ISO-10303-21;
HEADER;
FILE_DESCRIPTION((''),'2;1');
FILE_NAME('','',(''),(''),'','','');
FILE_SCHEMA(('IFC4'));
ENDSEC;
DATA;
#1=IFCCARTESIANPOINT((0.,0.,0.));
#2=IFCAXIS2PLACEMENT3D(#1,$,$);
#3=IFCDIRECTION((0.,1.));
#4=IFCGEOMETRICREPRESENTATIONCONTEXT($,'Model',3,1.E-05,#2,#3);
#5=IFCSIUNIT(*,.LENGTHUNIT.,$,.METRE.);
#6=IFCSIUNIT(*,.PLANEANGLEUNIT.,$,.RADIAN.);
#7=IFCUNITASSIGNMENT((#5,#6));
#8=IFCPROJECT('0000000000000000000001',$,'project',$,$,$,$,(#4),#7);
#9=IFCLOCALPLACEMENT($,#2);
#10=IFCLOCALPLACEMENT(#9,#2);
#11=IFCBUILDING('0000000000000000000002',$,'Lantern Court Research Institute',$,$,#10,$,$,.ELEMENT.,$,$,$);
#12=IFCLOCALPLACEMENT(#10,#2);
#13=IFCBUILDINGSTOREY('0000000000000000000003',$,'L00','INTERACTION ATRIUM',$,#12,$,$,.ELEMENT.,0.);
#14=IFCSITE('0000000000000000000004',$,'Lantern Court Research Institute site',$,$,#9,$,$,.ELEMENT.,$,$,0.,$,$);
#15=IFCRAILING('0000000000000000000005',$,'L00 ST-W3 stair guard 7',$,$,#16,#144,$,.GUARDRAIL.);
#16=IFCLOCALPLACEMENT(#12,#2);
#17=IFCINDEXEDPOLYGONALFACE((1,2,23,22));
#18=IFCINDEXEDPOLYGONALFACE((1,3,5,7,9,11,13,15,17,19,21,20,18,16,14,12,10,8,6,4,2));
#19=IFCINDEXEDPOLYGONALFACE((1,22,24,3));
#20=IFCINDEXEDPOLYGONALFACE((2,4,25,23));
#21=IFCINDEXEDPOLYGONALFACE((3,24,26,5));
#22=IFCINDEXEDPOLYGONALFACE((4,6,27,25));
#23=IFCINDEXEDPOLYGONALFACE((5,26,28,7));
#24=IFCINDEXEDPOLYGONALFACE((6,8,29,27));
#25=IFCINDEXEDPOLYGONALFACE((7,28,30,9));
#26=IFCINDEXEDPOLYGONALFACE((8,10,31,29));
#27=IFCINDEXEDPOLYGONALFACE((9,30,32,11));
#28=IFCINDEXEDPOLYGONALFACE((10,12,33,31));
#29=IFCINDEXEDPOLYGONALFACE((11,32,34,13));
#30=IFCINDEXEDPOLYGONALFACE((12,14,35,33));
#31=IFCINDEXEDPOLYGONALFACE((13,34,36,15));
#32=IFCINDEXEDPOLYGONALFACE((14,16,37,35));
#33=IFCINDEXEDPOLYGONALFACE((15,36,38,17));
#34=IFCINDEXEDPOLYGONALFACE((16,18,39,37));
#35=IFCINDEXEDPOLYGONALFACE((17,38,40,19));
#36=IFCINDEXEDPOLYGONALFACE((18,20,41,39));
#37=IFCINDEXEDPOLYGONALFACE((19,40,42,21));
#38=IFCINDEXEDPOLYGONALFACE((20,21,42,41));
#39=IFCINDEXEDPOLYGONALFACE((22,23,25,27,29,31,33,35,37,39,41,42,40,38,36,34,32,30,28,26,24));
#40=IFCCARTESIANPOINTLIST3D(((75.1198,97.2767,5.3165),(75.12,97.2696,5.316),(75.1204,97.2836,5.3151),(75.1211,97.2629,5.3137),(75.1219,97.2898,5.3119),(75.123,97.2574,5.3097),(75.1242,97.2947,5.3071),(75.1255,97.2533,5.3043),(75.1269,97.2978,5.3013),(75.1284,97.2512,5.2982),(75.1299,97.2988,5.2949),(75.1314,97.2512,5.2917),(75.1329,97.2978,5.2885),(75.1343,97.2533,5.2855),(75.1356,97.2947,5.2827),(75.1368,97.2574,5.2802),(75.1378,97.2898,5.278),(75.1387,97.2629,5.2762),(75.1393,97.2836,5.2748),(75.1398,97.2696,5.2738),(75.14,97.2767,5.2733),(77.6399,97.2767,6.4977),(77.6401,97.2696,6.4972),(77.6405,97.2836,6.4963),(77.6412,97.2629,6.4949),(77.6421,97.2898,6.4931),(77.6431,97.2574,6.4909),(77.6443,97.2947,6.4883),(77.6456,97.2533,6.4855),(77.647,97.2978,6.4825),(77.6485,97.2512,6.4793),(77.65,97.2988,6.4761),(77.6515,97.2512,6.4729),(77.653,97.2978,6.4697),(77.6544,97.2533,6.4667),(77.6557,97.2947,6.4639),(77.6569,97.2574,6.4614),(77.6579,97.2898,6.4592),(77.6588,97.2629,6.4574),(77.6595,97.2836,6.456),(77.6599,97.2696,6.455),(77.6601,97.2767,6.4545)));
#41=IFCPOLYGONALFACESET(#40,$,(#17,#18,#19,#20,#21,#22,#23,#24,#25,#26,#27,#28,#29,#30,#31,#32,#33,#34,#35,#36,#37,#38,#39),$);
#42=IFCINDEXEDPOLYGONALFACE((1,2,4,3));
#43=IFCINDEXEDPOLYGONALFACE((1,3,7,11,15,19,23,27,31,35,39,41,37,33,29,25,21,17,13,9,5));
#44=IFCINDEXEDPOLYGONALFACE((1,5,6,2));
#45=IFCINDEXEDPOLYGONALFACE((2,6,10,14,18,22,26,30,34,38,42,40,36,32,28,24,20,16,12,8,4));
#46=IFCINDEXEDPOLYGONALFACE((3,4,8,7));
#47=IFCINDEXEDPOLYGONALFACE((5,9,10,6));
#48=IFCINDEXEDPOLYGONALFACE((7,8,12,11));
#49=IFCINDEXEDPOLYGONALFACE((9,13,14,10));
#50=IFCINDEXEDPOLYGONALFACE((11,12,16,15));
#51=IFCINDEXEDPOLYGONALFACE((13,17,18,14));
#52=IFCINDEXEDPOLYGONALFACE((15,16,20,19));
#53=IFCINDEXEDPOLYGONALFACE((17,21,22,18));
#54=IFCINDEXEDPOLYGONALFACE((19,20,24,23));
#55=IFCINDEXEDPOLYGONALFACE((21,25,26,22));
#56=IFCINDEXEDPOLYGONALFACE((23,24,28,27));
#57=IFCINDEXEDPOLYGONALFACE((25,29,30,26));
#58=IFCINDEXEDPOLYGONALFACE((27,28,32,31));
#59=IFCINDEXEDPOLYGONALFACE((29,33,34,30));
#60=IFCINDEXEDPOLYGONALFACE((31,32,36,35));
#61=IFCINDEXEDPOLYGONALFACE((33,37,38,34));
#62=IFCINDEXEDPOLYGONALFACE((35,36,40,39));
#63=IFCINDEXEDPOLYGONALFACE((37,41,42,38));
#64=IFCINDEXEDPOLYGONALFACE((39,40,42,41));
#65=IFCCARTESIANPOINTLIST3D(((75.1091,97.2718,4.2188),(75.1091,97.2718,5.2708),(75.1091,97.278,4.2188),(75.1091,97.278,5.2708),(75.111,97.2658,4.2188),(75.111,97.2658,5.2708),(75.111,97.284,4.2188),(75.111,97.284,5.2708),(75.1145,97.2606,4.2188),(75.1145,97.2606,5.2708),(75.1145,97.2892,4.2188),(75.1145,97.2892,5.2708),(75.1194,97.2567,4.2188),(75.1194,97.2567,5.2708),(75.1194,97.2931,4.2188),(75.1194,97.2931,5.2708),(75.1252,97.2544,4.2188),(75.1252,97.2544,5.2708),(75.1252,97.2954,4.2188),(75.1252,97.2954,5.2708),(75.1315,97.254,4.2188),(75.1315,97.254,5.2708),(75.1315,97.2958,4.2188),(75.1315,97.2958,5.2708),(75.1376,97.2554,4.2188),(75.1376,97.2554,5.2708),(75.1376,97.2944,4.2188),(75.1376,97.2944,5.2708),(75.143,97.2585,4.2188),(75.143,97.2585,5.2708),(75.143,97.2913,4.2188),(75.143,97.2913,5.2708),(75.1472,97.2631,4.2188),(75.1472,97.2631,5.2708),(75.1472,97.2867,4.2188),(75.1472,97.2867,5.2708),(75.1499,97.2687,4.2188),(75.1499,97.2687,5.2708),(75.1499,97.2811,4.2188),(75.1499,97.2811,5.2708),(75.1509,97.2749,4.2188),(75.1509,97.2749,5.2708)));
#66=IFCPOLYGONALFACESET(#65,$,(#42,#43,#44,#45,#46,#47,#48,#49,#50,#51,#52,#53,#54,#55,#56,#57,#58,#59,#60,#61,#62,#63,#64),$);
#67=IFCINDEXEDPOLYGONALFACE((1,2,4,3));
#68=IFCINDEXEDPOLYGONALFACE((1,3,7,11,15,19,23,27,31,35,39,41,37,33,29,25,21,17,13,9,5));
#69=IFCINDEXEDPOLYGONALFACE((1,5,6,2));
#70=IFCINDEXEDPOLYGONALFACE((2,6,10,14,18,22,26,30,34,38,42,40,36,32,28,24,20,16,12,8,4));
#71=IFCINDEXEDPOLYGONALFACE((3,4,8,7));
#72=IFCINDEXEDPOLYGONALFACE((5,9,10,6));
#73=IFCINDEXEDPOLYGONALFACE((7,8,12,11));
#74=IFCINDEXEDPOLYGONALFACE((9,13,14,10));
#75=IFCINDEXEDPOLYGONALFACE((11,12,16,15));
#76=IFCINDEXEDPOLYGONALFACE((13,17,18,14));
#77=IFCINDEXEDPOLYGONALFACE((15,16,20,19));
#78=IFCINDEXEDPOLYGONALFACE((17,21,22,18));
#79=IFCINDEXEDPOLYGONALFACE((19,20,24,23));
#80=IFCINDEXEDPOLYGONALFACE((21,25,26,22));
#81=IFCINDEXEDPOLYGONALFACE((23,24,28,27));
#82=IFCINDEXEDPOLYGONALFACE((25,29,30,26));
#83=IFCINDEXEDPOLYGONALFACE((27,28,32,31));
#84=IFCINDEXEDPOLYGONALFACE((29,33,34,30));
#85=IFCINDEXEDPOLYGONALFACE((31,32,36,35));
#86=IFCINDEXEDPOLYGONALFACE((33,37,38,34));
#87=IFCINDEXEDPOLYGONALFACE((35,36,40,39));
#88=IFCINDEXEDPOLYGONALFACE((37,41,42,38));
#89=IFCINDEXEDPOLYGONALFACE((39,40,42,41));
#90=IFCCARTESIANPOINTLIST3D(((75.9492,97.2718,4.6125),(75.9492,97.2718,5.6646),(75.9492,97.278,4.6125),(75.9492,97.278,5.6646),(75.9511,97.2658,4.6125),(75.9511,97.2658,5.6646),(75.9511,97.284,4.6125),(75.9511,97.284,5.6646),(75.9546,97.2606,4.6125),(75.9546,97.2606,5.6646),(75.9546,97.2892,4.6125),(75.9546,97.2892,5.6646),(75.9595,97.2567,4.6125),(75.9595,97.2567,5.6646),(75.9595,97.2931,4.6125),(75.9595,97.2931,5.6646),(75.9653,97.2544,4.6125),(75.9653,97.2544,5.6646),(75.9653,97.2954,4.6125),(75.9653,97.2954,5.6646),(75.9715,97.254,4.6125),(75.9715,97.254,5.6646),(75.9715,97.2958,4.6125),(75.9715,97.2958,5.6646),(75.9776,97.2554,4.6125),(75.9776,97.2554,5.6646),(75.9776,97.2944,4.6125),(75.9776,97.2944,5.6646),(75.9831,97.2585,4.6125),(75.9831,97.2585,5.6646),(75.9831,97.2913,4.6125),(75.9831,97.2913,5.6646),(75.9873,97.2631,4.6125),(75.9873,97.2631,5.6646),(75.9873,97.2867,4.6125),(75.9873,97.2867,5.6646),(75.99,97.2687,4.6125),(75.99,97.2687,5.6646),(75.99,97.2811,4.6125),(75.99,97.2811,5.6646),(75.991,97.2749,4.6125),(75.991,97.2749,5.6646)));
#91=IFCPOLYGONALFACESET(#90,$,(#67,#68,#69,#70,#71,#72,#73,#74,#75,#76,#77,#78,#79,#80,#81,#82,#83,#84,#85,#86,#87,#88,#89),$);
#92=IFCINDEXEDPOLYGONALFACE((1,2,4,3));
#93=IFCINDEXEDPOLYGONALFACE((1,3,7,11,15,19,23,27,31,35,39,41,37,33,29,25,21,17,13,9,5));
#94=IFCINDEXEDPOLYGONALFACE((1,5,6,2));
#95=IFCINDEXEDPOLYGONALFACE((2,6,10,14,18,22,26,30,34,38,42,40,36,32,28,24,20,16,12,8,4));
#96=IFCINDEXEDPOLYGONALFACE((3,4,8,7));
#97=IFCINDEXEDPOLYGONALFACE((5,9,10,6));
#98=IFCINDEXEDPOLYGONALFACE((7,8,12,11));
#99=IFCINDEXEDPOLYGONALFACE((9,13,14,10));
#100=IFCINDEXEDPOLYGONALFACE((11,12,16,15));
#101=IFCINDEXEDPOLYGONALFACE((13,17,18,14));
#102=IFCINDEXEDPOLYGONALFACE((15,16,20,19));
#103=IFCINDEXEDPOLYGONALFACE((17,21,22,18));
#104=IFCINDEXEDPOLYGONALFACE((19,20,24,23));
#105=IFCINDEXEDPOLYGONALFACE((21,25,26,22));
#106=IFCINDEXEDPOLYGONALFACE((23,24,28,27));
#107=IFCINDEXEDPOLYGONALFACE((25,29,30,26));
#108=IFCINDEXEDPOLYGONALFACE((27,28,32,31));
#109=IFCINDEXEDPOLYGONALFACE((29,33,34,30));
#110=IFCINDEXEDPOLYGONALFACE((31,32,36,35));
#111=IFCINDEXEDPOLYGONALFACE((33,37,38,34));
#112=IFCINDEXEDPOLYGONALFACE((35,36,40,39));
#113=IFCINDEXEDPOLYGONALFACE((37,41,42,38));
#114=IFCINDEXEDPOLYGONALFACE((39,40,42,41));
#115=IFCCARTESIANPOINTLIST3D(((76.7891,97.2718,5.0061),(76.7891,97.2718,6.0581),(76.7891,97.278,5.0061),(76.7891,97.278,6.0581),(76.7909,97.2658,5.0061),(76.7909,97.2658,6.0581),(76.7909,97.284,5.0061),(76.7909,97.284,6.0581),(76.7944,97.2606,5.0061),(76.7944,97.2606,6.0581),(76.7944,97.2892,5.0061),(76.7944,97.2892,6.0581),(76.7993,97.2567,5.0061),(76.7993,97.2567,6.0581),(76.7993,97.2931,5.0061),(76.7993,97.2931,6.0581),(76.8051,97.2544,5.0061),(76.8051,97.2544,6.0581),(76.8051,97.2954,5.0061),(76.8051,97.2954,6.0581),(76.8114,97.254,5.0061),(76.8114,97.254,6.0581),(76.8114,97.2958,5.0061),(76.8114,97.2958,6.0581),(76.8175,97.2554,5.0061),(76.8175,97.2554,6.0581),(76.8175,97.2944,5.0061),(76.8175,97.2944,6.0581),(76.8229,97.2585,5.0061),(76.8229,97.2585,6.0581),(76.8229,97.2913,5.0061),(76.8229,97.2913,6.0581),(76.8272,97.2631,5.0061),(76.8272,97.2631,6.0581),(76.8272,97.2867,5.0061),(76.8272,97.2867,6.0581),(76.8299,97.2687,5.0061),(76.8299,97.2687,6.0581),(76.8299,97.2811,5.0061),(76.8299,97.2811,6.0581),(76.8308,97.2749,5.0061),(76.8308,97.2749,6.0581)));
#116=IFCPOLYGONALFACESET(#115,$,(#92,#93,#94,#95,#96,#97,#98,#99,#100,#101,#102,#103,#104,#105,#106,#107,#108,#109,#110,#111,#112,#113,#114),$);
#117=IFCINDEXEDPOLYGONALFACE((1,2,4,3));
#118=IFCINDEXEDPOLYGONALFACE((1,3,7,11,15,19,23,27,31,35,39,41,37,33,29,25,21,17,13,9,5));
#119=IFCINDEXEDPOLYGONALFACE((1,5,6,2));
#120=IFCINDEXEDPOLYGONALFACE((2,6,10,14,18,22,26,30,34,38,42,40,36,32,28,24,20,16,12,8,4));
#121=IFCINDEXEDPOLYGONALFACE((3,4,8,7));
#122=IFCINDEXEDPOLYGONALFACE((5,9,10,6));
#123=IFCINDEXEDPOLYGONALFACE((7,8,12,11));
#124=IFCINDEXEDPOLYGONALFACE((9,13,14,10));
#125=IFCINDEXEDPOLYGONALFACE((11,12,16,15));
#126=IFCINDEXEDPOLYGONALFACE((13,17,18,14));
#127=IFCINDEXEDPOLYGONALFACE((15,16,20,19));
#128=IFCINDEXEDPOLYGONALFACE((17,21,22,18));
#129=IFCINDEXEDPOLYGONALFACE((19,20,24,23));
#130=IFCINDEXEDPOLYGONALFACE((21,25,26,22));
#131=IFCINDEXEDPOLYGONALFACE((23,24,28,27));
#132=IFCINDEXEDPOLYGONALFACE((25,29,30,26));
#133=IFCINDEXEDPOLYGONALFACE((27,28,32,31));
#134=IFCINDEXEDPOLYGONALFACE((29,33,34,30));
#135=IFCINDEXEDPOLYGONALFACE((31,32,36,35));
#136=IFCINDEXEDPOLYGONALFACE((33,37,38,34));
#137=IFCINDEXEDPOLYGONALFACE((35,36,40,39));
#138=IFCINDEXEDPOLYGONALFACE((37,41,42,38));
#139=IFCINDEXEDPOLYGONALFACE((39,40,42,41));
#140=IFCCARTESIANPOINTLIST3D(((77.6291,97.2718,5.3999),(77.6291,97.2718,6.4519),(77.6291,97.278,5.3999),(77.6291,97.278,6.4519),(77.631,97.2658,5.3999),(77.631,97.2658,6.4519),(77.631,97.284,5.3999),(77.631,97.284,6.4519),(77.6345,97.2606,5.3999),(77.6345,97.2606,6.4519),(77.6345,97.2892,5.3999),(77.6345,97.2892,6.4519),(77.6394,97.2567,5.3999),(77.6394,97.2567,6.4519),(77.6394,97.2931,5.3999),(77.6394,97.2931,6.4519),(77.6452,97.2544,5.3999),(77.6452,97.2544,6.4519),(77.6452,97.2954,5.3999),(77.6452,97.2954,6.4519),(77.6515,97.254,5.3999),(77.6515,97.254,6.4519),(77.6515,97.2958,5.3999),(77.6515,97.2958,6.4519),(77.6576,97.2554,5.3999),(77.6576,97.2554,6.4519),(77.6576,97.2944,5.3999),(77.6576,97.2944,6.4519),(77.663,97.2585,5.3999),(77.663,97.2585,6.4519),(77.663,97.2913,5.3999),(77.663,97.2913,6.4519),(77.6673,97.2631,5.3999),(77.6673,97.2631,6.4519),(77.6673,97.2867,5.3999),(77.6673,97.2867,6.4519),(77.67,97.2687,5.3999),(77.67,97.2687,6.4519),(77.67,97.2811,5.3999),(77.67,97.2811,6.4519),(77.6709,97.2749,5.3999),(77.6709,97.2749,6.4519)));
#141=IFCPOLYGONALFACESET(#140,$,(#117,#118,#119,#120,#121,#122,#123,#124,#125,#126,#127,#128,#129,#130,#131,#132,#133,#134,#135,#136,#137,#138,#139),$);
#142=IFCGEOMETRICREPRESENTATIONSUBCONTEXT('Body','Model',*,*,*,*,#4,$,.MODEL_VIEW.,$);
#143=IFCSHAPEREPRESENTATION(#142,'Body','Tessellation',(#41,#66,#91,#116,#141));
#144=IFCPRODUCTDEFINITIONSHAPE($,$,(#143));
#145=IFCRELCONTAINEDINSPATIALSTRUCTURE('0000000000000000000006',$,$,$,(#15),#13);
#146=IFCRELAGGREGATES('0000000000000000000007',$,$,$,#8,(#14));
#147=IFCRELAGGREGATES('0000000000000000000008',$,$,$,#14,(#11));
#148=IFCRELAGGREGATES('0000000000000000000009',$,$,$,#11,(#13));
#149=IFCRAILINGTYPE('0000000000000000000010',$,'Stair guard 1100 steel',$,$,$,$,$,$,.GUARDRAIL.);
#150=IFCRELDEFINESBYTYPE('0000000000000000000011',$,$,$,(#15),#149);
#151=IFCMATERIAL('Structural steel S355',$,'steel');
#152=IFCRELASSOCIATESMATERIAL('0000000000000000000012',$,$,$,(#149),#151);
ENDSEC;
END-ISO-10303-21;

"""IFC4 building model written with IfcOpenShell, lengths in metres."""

from ifc_helpers import new_model, si_unit, direction, frame, origin, origin_2d, place, context, subcontext, project, spatial, circle, extrude, material, type_object, element, save


model = new_model("IFC4")

# Units and contexts
model_context = context("Model", 3, precision=1e-05, world=origin(), true_north=direction((0.0, 1.0)))
body_context = subcontext(model_context, "Body", "Model", "MODEL_VIEW")
ifc_project = project(units=[si_unit("LENGTHUNIT", "METRE"), si_unit("PLANEANGLEUNIT", "RADIAN")], contexts=[model_context])

# Site, building, storey
site_placement = place(None, origin())
site = spatial("IfcSite", under=ifc_project, at=site_placement, Name="Lantern Court Research Institute site", CompositionType="ELEMENT", RefElevation=0.0)
building_placement = place(site_placement, origin())
building = spatial("IfcBuilding", under=site, at=building_placement, Name="Lantern Court Research Institute", CompositionType="ELEMENT")
storey_placement = place(building_placement, origin())
storey = spatial("IfcBuildingStorey", under=building, at=storey_placement, Name="L00", Description="INTERACTION ATRIUM", CompositionType="ELEMENT", Elevation=0.0)

# Railing
ifc_material_1 = material(Name="Structural steel S355", Category="steel")
railing_type_1 = type_object("IfcRailingType", Name="Stair guard 1100 steel", PredefinedType="GUARDRAIL", material=ifc_material_1)
railing_1_placement = place(storey_placement, frame((75.1299, 97.2749, 4.2188)))
element("IfcRailing", 1, at=railing_1_placement, inside=storey, type_object=railing_type_1, Name="L00 ST-W3 stair guard 7", PredefinedType="GUARDRAIL", context=body_context, shape_type="SweptSolid", body=[
    extrude(circle(Radius=0.0239, at=origin_2d()), frame((0.0, 0.0, 1.0762), z_axis=(0.905474, 0.0, 0.424402), x_axis=(0.0, 1.0, 0.0)), (0.0, 0.0, 1.0), 2.7832),
    extrude(circle(Radius=0.021, at=origin_2d()), origin(), (0.0, 0.0, 1.0), 1.052),
    extrude(circle(Radius=0.021, at=origin_2d()), frame((0.8401, 0.0, 0.3938)), (0.0, 0.0, 1.0), 1.052),
    extrude(circle(Radius=0.021, at=origin_2d()), frame((1.6799, 0.0, 0.7874)), (0.0, 0.0, 1.0), 1.052),
    extrude(circle(Radius=0.021, at=origin_2d()), frame((2.52, 0.0, 1.1812)), (0.0, 0.0, 1.0), 1.052),
])

save(model, "model.ifc")
